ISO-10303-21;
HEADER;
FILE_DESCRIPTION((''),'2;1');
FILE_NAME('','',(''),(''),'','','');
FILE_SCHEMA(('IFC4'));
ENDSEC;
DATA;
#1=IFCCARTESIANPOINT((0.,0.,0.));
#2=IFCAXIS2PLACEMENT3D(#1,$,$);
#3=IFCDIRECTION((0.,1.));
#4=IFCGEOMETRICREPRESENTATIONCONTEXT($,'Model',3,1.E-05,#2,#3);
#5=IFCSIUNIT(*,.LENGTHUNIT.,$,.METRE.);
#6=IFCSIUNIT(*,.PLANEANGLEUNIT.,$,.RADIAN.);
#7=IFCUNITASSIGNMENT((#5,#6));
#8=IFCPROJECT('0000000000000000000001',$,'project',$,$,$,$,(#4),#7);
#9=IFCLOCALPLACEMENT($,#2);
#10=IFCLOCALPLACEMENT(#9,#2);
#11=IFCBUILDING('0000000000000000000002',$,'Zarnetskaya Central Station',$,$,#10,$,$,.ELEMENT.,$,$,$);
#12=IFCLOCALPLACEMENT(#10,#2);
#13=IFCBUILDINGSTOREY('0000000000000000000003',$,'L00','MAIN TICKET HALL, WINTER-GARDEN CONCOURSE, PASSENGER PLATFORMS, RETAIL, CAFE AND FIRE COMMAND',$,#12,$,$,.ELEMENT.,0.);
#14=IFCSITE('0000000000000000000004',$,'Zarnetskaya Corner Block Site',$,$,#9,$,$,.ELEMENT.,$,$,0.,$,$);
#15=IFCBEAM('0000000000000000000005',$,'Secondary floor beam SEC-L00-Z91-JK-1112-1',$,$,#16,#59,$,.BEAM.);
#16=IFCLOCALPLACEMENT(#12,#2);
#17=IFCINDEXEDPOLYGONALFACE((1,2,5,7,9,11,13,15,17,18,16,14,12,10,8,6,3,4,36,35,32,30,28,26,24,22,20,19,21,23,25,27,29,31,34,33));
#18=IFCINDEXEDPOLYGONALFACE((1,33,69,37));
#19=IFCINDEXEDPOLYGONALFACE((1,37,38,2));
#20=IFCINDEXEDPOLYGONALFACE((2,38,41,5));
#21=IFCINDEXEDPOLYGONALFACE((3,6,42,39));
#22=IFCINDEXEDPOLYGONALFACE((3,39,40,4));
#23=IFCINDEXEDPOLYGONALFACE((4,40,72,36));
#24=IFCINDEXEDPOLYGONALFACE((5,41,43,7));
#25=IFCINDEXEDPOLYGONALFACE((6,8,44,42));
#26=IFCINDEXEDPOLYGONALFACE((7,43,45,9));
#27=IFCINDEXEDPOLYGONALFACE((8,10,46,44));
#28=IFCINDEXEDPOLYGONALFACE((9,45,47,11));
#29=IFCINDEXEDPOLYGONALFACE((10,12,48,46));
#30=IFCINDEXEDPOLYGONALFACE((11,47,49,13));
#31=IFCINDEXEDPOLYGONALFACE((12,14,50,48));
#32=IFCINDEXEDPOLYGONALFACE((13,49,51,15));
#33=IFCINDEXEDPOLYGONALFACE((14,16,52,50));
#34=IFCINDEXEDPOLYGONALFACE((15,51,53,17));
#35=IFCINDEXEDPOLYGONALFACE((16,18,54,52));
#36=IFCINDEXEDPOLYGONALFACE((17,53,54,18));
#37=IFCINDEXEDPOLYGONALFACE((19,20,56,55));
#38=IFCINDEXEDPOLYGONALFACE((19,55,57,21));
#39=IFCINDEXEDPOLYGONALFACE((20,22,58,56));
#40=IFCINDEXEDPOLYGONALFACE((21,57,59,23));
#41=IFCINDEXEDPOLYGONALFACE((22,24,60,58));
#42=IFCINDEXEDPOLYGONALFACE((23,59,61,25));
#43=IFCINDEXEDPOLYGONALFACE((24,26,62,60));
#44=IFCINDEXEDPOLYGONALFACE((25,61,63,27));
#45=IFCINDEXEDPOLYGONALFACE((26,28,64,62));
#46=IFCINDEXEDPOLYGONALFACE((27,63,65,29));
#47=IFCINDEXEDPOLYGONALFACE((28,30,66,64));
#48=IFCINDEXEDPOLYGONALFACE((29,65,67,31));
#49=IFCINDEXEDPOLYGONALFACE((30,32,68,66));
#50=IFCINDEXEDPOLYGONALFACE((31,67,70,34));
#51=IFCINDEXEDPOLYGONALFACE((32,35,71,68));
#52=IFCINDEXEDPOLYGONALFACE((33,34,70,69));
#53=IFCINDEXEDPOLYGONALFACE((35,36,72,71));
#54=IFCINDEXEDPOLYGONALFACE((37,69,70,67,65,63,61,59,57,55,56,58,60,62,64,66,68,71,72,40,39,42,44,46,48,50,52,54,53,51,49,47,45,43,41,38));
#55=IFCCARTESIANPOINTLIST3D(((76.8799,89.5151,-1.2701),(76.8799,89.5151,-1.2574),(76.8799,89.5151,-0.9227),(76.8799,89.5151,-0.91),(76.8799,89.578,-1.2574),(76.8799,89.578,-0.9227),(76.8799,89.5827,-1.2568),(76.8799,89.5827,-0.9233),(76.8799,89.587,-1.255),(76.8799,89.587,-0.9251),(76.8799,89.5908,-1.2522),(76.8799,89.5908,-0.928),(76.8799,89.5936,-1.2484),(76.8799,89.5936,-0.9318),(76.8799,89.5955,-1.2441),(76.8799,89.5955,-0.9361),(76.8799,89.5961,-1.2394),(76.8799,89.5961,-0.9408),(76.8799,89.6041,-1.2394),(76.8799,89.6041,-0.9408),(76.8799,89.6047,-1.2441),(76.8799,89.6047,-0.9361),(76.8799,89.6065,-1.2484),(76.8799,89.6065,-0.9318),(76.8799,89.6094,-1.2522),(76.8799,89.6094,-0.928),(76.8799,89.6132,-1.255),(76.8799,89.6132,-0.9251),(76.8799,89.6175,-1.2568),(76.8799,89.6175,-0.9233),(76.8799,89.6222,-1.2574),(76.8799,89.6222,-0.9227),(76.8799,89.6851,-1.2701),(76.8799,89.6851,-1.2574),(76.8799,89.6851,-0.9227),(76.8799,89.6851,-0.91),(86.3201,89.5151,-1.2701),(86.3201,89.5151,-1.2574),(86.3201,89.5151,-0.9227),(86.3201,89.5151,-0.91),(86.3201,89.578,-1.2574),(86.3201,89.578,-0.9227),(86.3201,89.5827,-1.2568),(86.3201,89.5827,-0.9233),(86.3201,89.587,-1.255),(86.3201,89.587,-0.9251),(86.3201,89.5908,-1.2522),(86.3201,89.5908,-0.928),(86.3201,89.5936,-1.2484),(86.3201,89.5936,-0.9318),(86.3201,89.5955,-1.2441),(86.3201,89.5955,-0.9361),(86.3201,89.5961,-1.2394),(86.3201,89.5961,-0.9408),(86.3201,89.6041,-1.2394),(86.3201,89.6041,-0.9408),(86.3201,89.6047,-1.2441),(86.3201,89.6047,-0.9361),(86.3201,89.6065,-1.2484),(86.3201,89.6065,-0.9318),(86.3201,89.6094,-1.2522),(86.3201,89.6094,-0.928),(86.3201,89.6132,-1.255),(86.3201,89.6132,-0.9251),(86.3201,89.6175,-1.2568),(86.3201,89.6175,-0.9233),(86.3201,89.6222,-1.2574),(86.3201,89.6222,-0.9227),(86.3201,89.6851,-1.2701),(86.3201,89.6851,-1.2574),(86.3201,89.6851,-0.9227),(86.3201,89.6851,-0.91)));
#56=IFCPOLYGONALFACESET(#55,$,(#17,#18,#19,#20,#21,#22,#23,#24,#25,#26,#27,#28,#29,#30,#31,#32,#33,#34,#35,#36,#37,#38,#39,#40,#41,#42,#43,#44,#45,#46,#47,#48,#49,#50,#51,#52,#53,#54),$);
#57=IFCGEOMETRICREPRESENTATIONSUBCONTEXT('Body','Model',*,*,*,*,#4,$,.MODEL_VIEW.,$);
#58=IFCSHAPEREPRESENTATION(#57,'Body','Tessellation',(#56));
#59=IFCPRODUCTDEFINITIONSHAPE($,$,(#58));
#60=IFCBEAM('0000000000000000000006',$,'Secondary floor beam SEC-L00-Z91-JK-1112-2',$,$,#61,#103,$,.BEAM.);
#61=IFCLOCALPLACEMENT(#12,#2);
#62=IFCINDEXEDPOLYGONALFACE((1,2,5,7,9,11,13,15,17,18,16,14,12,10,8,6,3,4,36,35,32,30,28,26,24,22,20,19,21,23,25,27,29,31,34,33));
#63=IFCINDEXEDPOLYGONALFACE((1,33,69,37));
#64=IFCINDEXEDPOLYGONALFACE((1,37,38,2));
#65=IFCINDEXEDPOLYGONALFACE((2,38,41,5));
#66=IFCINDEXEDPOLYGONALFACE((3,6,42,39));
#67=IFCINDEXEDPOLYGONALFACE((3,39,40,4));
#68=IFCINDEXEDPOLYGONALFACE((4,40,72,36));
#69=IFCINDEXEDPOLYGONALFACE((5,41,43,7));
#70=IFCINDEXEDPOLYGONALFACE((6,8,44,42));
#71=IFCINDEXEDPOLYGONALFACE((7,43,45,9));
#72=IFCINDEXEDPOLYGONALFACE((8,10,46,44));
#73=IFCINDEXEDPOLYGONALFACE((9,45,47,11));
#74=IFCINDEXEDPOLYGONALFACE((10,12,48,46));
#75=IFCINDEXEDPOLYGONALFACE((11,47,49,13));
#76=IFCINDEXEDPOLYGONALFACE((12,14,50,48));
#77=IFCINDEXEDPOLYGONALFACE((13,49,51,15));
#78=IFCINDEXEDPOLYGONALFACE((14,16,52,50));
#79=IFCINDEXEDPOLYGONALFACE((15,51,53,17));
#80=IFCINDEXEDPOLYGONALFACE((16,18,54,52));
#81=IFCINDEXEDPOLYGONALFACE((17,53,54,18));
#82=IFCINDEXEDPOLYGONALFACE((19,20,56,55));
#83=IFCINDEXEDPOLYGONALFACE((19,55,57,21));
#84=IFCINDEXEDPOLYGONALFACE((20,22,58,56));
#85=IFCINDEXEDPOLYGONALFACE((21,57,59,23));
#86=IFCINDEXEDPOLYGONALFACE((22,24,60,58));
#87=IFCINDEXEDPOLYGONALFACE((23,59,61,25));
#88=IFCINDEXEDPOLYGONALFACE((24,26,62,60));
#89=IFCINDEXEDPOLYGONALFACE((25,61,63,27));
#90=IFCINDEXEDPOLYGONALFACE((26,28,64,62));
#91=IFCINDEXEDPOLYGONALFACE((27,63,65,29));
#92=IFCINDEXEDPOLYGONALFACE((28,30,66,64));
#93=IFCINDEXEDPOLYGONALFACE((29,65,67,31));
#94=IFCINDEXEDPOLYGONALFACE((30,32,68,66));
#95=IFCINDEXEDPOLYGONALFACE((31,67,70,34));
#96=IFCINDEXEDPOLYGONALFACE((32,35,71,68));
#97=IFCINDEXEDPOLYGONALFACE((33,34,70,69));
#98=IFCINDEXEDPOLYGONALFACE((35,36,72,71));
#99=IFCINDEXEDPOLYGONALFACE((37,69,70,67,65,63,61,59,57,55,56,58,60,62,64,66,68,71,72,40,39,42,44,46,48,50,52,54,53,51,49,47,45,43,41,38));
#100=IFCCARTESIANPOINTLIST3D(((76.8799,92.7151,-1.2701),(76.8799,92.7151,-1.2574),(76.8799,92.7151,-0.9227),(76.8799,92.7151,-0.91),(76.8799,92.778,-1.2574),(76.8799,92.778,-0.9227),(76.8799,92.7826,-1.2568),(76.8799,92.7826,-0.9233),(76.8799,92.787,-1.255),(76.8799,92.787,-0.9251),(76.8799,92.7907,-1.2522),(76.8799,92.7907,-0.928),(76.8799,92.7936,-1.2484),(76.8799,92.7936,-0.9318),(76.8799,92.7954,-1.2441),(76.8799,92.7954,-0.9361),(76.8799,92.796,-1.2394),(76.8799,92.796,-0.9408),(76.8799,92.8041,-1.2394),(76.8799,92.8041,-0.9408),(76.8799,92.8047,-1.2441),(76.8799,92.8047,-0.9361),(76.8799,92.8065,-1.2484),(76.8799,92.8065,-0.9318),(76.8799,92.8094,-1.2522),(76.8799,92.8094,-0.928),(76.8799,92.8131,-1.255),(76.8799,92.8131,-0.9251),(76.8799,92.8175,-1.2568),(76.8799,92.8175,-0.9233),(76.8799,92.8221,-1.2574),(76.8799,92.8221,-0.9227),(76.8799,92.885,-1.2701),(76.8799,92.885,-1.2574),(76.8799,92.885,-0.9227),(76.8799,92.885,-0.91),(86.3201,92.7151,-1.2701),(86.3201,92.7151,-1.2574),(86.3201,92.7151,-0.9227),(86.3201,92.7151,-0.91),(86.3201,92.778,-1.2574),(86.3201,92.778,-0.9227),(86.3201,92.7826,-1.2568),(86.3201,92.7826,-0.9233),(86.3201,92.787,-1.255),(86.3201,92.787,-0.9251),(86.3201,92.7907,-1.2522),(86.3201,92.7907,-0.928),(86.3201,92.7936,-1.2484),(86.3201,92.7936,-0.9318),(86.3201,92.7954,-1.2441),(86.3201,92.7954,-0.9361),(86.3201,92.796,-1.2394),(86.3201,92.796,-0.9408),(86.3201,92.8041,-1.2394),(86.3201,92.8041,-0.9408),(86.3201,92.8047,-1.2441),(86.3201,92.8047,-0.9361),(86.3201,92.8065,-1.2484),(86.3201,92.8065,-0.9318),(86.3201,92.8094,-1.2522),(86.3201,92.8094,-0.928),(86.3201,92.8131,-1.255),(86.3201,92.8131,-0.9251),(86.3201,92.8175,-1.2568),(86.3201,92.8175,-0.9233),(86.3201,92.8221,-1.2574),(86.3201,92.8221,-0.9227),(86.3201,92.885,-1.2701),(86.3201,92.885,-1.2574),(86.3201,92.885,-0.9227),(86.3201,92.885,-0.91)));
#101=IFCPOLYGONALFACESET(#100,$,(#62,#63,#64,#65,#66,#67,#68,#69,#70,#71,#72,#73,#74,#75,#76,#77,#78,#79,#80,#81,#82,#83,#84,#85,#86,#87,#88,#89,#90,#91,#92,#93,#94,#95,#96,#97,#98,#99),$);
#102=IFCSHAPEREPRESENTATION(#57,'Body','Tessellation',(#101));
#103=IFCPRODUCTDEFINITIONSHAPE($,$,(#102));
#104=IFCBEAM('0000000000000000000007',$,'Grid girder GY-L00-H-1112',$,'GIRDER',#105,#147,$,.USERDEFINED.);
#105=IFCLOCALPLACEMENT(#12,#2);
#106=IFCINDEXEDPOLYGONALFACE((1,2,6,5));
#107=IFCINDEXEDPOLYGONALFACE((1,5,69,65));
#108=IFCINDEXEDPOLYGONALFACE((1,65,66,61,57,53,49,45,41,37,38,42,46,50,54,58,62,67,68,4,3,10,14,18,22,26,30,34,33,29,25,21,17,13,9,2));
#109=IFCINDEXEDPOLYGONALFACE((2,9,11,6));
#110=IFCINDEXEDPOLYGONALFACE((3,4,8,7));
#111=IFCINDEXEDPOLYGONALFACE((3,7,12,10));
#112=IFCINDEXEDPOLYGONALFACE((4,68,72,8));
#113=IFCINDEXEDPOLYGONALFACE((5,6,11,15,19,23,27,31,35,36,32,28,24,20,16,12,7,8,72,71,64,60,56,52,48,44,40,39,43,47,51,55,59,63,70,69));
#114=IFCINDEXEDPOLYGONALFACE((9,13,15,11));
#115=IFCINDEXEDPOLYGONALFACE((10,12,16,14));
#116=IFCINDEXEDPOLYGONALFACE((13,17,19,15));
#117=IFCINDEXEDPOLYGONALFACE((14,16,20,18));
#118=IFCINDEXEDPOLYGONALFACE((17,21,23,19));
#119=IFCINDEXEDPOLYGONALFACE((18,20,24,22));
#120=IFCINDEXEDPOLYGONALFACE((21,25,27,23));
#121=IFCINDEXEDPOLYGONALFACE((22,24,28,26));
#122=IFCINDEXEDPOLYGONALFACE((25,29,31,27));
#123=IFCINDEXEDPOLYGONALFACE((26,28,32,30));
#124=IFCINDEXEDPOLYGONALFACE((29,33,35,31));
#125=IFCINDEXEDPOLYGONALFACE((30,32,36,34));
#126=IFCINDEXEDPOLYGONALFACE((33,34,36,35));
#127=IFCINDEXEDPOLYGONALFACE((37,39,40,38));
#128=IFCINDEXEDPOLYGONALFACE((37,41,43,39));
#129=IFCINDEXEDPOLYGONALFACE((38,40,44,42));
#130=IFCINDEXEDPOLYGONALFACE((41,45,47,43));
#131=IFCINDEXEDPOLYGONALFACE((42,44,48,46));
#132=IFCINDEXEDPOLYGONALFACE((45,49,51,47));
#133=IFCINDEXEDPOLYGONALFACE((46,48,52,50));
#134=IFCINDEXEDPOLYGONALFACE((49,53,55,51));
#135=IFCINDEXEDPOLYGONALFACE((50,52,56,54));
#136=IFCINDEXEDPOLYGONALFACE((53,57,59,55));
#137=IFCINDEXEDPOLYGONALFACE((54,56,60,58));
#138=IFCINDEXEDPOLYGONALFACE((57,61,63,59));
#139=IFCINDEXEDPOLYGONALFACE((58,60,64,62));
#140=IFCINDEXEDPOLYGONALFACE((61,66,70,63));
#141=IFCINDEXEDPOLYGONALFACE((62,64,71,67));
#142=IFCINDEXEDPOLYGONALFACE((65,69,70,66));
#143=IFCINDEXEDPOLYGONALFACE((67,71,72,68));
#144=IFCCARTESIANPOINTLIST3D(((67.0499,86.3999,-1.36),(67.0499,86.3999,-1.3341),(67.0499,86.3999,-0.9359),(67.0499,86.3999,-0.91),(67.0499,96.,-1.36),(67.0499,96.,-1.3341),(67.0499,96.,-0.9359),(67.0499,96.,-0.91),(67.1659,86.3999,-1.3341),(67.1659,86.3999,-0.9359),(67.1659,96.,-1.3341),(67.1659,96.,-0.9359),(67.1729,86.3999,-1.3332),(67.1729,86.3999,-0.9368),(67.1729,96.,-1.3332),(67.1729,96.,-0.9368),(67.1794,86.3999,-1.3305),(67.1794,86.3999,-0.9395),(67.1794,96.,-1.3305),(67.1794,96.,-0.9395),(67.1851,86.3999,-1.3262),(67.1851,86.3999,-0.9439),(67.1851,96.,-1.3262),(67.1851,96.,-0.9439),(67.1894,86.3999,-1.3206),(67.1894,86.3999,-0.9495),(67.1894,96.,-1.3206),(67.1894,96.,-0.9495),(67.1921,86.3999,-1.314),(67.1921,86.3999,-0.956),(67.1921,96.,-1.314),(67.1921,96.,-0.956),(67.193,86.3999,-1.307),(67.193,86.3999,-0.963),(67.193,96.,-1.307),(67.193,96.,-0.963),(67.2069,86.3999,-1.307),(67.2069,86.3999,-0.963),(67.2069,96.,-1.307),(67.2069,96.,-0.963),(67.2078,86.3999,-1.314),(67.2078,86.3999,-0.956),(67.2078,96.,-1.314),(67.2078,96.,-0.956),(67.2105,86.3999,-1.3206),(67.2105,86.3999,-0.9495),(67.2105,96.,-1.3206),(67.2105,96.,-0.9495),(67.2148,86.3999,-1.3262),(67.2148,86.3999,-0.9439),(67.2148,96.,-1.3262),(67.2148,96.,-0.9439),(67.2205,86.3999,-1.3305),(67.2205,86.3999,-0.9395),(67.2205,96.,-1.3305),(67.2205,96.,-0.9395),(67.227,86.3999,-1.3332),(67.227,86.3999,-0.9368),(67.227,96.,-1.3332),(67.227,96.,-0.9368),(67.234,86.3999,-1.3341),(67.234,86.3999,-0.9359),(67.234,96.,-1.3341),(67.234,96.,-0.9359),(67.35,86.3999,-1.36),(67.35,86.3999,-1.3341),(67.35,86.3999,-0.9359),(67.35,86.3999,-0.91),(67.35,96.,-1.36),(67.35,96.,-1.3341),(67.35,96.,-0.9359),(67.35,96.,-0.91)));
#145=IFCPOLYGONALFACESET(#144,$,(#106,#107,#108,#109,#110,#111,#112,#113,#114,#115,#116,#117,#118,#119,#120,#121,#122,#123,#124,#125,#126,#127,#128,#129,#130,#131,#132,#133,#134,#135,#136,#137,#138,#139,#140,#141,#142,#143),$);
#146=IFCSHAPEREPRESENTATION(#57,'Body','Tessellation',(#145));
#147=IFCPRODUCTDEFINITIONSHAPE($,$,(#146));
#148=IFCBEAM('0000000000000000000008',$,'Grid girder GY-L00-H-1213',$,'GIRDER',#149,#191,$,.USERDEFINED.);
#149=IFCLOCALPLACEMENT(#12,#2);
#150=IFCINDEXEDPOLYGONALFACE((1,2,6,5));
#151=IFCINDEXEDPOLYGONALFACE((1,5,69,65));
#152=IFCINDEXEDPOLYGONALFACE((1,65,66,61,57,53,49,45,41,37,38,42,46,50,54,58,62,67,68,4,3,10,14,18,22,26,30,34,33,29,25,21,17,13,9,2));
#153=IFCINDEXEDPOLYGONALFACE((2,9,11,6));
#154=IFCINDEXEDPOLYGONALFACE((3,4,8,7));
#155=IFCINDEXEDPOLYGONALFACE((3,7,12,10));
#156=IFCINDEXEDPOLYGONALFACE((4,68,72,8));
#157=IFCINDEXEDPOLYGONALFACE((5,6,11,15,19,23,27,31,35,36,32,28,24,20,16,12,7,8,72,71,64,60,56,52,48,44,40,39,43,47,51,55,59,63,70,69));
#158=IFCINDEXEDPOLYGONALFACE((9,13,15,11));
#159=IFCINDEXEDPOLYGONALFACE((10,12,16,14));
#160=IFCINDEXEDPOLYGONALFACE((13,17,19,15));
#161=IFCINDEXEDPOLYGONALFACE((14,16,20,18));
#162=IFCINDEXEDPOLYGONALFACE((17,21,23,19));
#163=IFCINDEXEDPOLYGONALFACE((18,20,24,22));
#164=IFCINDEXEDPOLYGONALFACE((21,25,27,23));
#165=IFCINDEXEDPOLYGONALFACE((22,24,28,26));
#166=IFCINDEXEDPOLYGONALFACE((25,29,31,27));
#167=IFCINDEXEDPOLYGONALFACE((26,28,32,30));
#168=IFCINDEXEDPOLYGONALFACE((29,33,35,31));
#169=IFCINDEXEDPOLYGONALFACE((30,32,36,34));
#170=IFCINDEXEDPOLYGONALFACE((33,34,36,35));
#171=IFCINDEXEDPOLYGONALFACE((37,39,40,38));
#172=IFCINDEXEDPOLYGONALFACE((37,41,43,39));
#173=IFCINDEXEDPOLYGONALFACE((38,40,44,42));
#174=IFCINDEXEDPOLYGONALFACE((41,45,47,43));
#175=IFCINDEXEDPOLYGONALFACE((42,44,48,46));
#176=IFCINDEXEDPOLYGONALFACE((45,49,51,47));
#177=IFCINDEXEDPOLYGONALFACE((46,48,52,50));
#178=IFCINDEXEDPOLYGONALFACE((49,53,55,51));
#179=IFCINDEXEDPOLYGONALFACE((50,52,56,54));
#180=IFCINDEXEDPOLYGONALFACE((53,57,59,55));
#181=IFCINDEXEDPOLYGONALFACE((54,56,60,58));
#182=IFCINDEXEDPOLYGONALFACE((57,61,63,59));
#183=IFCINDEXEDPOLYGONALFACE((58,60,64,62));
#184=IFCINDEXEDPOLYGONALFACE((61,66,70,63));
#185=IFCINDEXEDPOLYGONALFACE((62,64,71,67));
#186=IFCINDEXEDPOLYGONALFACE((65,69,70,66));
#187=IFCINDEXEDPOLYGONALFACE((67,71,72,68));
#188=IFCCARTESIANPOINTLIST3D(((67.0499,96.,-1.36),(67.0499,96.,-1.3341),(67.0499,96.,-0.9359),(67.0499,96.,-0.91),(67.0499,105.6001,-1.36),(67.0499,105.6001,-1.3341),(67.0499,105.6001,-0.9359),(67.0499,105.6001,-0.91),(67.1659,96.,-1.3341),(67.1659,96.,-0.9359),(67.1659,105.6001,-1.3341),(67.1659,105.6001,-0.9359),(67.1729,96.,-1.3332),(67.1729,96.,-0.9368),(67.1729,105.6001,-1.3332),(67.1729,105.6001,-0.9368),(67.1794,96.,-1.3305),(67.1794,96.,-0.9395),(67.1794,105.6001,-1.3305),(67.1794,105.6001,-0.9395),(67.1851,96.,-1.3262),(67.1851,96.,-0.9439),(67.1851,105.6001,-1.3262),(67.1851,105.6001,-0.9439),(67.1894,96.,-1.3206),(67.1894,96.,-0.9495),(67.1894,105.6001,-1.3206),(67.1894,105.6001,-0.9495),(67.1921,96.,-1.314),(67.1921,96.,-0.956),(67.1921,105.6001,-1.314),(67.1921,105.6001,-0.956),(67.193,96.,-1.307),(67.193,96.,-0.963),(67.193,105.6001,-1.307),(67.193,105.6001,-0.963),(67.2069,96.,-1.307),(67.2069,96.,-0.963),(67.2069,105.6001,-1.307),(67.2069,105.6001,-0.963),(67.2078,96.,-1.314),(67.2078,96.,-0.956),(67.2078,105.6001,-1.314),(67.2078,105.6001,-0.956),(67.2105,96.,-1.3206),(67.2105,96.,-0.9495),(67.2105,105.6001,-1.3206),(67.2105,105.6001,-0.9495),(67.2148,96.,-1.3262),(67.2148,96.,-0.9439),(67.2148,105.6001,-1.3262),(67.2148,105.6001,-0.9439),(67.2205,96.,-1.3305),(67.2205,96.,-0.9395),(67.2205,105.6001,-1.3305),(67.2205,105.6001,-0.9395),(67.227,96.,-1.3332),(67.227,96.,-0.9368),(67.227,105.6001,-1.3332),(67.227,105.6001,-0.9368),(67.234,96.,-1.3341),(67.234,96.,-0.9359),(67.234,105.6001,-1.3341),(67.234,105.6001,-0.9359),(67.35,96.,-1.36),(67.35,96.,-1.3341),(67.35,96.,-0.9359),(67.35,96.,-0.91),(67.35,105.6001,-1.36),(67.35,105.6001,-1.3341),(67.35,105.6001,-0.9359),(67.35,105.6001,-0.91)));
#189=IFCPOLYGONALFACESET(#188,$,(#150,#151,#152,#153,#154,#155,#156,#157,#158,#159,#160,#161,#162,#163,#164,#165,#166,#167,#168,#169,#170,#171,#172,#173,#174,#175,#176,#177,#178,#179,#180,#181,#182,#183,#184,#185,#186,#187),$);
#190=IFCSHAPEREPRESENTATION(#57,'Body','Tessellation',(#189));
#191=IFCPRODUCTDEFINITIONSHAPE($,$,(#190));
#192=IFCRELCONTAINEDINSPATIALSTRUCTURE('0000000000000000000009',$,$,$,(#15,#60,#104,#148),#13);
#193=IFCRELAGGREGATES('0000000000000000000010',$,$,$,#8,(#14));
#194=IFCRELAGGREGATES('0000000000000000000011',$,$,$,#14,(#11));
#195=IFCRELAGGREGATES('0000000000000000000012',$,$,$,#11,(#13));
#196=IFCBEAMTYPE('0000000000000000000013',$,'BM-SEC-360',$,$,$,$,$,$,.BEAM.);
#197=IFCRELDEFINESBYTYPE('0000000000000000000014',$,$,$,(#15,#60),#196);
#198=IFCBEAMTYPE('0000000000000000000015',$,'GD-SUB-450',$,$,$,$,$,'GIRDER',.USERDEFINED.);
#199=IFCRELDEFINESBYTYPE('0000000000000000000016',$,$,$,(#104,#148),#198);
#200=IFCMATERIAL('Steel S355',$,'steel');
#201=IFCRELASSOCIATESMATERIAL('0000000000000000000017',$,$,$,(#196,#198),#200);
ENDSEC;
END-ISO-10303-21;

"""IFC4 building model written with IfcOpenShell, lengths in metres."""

from ifc_helpers import new_model, si_unit, direction, frame, origin, origin_2d, place, context, subcontext, project, spatial, i_section, extrude, material, material_profile, profile_set, type_object, element, save


model = new_model("IFC4")

# Units and contexts
model_context = context("Model", 3, precision=1e-05, world=origin(), true_north=direction((0.0, 1.0)))
body_context = subcontext(model_context, "Body", "Model", "MODEL_VIEW")
ifc_project = project(units=[si_unit("LENGTHUNIT", "METRE"), si_unit("PLANEANGLEUNIT", "RADIAN")], contexts=[model_context])

# Site, building, storey
site_placement = place(None, origin())
site = spatial("IfcSite", under=ifc_project, at=site_placement, Name="Zarnetskaya Corner Block Site", CompositionType="ELEMENT", RefElevation=0.0)
building_placement = place(site_placement, origin())
building = spatial("IfcBuilding", under=site, at=building_placement, Name="Zarnetskaya Central Station", CompositionType="ELEMENT")
storey_placement = place(building_placement, origin())
storey = spatial("IfcBuildingStorey", under=building, at=storey_placement, Name="L00", Description="MAIN TICKET HALL, WINTER-GARDEN CONCOURSE, PASSENGER PLATFORMS, RETAIL, CAFE AND FIRE COMMAND", CompositionType="ELEMENT", Elevation=0.0)

# Shared definitions
ifc_material_1 = material(Name="Steel S355", Category="steel")

# Beams
ifc_material_profile_1 = material_profile(ifc_material_1, i_section(OverallWidth=0.1699, OverallDepth=0.3601, WebThickness=0.0081, FlangeThickness=0.0127, FilletRadius=0.0181, at=origin_2d()), Name="IPE 360")
ifc_profile_set_1 = profile_set([ifc_material_profile_1], Name="Steel S355")
beam_type_1 = type_object("IfcBeamType", Name="BM-SEC-360", PredefinedType="BEAM", material=ifc_profile_set_1)
for number, where, z_axis, x_axis, name in (
    (1, (76.8799, 89.6001, -1.0901), (1.0, 0.0, 0.0), (0.0, 1.0, 0.0), "Secondary floor beam SEC-L00-Z91-JK-1112-1"),
    (2, (76.8799, 92.8, -1.0901), (1.0, 0.0, 0.0), (0.0, 1.0, 0.0), "Secondary floor beam SEC-L00-Z91-JK-1112-2"),
):
    element("IfcBeam", number, at=place(storey_placement, frame(where, z_axis=z_axis, x_axis=x_axis)), inside=storey, type_object=beam_type_1, Name=name, PredefinedType="BEAM", context=body_context, shape_type="SweptSolid", body=[
        extrude(i_section(OverallWidth=0.1699, OverallDepth=0.3601, WebThickness=0.0081, FlangeThickness=0.0127, FilletRadius=0.0181, at=origin_2d()), origin(), (0.0, 0.0, 1.0), 9.4402),
    ])
ifc_material_profile_2 = material_profile(ifc_material_1, i_section(OverallWidth=0.3, OverallDepth=0.45, WebThickness=0.0139, FlangeThickness=0.0259, FilletRadius=0.0271, at=origin_2d()), Name="HEB 450")
ifc_profile_set_2 = profile_set([ifc_material_profile_2], Name="Steel S355")
beam_type_2 = type_object("IfcBeamType", Name="GD-SUB-450", ElementType="GIRDER", PredefinedType="USERDEFINED", material=ifc_profile_set_2)
for number, where, z_axis, x_axis, name in (
    (3, (67.2, 86.3999, -1.135), (0.0, 1.0, 0.0), (-1.0, 0.0, 0.0), "Grid girder GY-L00-H-1112"),
    (4, (67.2, 96.0, -1.135), (0.0, 1.0, 0.0), (-1.0, 0.0, 0.0), "Grid girder GY-L00-H-1213"),
):
    element("IfcBeam", number, at=place(storey_placement, frame(where, z_axis=z_axis, x_axis=x_axis)), inside=storey, type_object=beam_type_2, Name=name, ObjectType="GIRDER", PredefinedType="USERDEFINED", context=body_context, shape_type="SweptSolid", body=[
        extrude(i_section(OverallWidth=0.3, OverallDepth=0.45, WebThickness=0.0139, FlangeThickness=0.0259, FilletRadius=0.0271, at=origin_2d()), origin(), (0.0, 0.0, 1.0), 9.6001),
    ])

save(model, "model.ifc")
